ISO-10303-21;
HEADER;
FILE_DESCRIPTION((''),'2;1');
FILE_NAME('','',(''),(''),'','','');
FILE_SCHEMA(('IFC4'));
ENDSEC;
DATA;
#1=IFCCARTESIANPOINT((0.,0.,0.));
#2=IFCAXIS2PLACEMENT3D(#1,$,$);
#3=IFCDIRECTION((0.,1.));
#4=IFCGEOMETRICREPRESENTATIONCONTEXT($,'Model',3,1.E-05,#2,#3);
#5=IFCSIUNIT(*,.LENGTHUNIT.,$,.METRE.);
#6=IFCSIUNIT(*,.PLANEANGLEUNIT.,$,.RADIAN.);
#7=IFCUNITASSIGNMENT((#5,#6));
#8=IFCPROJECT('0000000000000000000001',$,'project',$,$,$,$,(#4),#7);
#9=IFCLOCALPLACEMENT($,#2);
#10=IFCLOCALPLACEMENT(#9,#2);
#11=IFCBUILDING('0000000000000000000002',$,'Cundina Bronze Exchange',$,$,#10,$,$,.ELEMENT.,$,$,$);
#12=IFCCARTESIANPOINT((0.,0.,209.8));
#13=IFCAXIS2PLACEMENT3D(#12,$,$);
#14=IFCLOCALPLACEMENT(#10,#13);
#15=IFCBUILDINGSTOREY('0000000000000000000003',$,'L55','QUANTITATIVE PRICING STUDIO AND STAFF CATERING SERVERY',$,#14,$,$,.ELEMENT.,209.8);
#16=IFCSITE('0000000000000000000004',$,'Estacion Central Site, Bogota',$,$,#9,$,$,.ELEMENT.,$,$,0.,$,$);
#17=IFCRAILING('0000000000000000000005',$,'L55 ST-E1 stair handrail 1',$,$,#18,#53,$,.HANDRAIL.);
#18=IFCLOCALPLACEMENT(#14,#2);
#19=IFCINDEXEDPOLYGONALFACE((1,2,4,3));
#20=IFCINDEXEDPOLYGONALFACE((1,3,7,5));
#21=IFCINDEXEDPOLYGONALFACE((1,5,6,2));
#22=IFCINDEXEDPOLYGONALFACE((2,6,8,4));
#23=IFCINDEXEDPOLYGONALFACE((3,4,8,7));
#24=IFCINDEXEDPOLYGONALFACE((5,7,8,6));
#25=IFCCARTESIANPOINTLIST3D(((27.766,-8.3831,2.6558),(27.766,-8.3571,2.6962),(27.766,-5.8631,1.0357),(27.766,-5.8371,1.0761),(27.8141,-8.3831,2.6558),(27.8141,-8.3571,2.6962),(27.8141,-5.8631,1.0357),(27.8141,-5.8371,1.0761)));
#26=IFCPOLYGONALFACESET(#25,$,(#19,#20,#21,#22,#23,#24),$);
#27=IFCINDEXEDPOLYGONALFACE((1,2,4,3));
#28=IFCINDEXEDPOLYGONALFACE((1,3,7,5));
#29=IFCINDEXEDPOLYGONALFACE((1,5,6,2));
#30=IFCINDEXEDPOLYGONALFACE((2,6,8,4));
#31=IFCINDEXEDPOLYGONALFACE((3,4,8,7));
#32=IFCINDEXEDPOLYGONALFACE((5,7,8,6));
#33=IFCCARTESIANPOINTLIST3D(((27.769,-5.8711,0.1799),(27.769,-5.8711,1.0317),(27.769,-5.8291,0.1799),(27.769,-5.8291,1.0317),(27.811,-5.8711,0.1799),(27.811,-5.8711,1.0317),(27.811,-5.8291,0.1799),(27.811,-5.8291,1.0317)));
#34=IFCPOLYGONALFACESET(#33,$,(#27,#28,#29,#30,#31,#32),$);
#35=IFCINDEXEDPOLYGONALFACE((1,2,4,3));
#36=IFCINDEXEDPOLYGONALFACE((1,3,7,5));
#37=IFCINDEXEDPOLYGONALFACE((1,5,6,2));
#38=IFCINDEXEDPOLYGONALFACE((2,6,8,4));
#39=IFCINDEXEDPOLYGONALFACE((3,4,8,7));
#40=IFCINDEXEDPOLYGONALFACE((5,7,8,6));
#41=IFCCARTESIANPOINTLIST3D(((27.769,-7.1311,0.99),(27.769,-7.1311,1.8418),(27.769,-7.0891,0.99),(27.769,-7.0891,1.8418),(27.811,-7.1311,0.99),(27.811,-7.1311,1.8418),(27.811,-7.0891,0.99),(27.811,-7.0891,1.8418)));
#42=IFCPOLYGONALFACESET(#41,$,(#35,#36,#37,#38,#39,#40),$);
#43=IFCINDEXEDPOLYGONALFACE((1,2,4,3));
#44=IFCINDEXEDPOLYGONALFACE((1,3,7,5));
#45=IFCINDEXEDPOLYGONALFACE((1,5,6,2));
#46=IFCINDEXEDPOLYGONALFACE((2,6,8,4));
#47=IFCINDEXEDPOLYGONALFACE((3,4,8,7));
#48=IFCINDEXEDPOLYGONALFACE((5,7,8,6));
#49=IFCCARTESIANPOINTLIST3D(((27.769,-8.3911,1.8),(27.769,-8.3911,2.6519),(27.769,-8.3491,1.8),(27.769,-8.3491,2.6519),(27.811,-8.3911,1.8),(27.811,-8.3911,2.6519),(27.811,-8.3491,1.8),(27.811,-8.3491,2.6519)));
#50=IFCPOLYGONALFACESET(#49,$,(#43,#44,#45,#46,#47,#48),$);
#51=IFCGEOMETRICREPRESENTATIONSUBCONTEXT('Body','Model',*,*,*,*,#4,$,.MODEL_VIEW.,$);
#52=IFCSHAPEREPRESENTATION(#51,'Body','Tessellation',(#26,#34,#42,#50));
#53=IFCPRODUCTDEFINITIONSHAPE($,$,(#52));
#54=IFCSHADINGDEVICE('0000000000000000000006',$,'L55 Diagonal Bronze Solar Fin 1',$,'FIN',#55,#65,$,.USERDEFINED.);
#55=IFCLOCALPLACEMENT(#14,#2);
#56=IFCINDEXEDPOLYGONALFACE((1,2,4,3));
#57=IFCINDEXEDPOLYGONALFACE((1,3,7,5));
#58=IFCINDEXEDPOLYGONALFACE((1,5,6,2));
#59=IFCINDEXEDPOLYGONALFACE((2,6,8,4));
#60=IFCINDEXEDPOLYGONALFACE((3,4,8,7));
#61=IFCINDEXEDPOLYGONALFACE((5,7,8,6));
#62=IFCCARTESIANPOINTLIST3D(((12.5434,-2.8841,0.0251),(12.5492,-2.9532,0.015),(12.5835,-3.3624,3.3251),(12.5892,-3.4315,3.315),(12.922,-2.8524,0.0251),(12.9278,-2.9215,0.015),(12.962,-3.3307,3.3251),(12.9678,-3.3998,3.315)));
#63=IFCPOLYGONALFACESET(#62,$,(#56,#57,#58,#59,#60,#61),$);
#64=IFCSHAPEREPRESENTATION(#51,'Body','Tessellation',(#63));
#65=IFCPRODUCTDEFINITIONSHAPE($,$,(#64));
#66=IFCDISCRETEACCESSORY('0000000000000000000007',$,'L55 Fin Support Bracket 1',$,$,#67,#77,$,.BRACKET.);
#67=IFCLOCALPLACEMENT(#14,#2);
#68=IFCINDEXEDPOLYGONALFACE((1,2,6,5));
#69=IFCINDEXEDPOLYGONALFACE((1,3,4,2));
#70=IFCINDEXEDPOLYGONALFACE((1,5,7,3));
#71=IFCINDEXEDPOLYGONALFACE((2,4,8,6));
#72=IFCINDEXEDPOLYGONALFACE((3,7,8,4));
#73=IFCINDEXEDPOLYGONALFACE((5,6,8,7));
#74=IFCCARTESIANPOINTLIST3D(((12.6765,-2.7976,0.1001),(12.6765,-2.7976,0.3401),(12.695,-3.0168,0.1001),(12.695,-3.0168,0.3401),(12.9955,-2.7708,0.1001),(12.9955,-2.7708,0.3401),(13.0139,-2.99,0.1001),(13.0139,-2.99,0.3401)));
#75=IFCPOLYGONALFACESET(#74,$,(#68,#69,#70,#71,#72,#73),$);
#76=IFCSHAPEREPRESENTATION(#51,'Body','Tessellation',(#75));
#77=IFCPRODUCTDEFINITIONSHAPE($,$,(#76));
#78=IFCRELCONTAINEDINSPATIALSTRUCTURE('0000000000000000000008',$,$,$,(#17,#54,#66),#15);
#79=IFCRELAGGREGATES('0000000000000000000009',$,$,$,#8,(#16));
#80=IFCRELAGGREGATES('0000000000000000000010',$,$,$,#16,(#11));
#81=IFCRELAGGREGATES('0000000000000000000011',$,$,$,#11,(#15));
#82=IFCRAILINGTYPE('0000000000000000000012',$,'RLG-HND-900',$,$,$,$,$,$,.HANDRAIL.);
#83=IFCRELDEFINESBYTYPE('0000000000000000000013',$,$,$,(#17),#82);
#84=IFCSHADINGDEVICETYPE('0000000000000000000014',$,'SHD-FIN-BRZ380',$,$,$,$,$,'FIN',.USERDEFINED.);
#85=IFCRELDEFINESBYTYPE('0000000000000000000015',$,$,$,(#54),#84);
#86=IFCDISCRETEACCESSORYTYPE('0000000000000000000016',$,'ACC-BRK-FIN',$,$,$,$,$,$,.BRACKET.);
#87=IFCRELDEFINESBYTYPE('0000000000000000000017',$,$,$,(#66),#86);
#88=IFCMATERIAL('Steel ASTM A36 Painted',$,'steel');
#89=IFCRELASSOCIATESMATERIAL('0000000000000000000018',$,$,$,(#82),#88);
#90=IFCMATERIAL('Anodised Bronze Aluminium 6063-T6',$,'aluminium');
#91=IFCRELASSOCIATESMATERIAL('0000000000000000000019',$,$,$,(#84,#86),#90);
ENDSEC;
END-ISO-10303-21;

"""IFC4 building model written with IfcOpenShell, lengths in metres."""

from ifc_helpers import new_model, si_unit, direction, frame, origin, origin_2d, place, context, subcontext, project, spatial, rectangle, extrude, material, material_profile, profile_set, type_object, element, save


model = new_model("IFC4")

# Units and contexts
model_context = context("Model", 3, precision=1e-05, world=origin(), true_north=direction((0.0, 1.0)))
body_context = subcontext(model_context, "Body", "Model", "MODEL_VIEW")
ifc_project = project(units=[si_unit("LENGTHUNIT", "METRE"), si_unit("PLANEANGLEUNIT", "RADIAN")], contexts=[model_context])

# Site, building, storey
site_placement = place(None, origin())
site = spatial("IfcSite", under=ifc_project, at=site_placement, Name="Estacion Central Site, Bogota", CompositionType="ELEMENT", RefElevation=0.0)
building_placement = place(site_placement, origin())
building = spatial("IfcBuilding", under=site, at=building_placement, Name="Cundina Bronze Exchange", CompositionType="ELEMENT")
storey_placement = place(building_placement, frame((0.0, 0.0, 209.8)))
storey = spatial("IfcBuildingStorey", under=building, at=storey_placement, Name="L55", Description="QUANTITATIVE PRICING STUDIO AND STAFF CATERING SERVERY", CompositionType="ELEMENT", Elevation=209.8)

# Shared definitions
ifc_material_1 = material(Name="Anodised Bronze Aluminium 6063-T6", Category="aluminium")

# Shared definitions
ifc_material_2 = material(Name="Steel ASTM A36 Painted", Category="steel")

# Railing
railing_type = type_object("IfcRailingType", Name="RLG-HND-900", PredefinedType="HANDRAIL", material=ifc_material_2)
railing_placement = place(storey_placement, frame((27.79, -5.8501, 0.1799)))
element("IfcRailing", 1, at=railing_placement, inside=storey, type_object=railing_type, Name="L55 ST-E1 stair handrail 1", PredefinedType="HANDRAIL", context=body_context, shape_type="SweptSolid", body=[
    extrude(rectangle(XDim=0.0481, YDim=0.0481, at=origin_2d()), frame((0.0, 0.0, 0.876), z_axis=(0.0, -0.841163, 0.540782), x_axis=(1.0, 0.0, 0.0)), (0.0, 0.0, 1.0), 2.9958),
    extrude(rectangle(XDim=0.042, YDim=0.042, at=origin_2d()), origin(), (0.0, 0.0, 1.0), 0.8518),
    extrude(rectangle(XDim=0.042, YDim=0.042, at=origin_2d()), frame((0.0, -1.26, 0.8101)), (0.0, 0.0, 1.0), 0.8518),
    extrude(rectangle(XDim=0.042, YDim=0.042, at=origin_2d()), frame((0.0, -2.52, 1.6201)), (0.0, 0.0, 1.0), 0.8518),
])

# Shading device
ifc_material_profile_1 = material_profile(ifc_material_1, rectangle(XDim=0.0701, YDim=0.3799, at=origin_2d()), Name="FIN70X380", Category="aluminium")
ifc_profile_set_1 = profile_set([ifc_material_profile_1], Name="Anodised Bronze Aluminium 6063-T6")
shading_device_type = type_object("IfcShadingDeviceType", Name="SHD-FIN-BRZ380", ElementType="FIN", PredefinedType="USERDEFINED", material=ifc_profile_set_1)
shading_device_placement = place(storey_placement, frame((12.7356, -2.9028, 0.02), z_axis=(0.012007, -0.14342, 0.989589), x_axis=(-0.082556, 0.98614, 0.143921)))
element("IfcShadingDevice", 2, at=shading_device_placement, inside=storey, type_object=shading_device_type, Name="L55 Diagonal Bronze Solar Fin 1", ObjectType="FIN", PredefinedType="USERDEFINED", context=body_context, shape_type="SweptSolid", body=[
    extrude(rectangle(XDim=0.0701, YDim=0.3799, at=origin_2d()), origin(), (0.0, 0.0, 1.0), 3.3347),
])

# Discrete accessory
discrete_accessory_type = type_object("IfcDiscreteAccessoryType", Name="ACC-BRK-FIN", PredefinedType="BRACKET", material=ifc_material_1)
discrete_accessory_placement = place(storey_placement, frame((12.8452, -2.8938, 0.1001), z_axis=(0.0, 0.0, 1.0), x_axis=(0.083747, -0.996487, 0.0)))
element("IfcDiscreteAccessory", 3, at=discrete_accessory_placement, inside=storey, type_object=discrete_accessory_type, Name="L55 Fin Support Bracket 1", PredefinedType="BRACKET", context=body_context, shape_type="SweptSolid", body=[
    extrude(rectangle(XDim=0.22, YDim=0.3201, at=origin_2d()), origin(), (0.0, 0.0, 1.0), 0.24),
])

save(model, "model.ifc")
